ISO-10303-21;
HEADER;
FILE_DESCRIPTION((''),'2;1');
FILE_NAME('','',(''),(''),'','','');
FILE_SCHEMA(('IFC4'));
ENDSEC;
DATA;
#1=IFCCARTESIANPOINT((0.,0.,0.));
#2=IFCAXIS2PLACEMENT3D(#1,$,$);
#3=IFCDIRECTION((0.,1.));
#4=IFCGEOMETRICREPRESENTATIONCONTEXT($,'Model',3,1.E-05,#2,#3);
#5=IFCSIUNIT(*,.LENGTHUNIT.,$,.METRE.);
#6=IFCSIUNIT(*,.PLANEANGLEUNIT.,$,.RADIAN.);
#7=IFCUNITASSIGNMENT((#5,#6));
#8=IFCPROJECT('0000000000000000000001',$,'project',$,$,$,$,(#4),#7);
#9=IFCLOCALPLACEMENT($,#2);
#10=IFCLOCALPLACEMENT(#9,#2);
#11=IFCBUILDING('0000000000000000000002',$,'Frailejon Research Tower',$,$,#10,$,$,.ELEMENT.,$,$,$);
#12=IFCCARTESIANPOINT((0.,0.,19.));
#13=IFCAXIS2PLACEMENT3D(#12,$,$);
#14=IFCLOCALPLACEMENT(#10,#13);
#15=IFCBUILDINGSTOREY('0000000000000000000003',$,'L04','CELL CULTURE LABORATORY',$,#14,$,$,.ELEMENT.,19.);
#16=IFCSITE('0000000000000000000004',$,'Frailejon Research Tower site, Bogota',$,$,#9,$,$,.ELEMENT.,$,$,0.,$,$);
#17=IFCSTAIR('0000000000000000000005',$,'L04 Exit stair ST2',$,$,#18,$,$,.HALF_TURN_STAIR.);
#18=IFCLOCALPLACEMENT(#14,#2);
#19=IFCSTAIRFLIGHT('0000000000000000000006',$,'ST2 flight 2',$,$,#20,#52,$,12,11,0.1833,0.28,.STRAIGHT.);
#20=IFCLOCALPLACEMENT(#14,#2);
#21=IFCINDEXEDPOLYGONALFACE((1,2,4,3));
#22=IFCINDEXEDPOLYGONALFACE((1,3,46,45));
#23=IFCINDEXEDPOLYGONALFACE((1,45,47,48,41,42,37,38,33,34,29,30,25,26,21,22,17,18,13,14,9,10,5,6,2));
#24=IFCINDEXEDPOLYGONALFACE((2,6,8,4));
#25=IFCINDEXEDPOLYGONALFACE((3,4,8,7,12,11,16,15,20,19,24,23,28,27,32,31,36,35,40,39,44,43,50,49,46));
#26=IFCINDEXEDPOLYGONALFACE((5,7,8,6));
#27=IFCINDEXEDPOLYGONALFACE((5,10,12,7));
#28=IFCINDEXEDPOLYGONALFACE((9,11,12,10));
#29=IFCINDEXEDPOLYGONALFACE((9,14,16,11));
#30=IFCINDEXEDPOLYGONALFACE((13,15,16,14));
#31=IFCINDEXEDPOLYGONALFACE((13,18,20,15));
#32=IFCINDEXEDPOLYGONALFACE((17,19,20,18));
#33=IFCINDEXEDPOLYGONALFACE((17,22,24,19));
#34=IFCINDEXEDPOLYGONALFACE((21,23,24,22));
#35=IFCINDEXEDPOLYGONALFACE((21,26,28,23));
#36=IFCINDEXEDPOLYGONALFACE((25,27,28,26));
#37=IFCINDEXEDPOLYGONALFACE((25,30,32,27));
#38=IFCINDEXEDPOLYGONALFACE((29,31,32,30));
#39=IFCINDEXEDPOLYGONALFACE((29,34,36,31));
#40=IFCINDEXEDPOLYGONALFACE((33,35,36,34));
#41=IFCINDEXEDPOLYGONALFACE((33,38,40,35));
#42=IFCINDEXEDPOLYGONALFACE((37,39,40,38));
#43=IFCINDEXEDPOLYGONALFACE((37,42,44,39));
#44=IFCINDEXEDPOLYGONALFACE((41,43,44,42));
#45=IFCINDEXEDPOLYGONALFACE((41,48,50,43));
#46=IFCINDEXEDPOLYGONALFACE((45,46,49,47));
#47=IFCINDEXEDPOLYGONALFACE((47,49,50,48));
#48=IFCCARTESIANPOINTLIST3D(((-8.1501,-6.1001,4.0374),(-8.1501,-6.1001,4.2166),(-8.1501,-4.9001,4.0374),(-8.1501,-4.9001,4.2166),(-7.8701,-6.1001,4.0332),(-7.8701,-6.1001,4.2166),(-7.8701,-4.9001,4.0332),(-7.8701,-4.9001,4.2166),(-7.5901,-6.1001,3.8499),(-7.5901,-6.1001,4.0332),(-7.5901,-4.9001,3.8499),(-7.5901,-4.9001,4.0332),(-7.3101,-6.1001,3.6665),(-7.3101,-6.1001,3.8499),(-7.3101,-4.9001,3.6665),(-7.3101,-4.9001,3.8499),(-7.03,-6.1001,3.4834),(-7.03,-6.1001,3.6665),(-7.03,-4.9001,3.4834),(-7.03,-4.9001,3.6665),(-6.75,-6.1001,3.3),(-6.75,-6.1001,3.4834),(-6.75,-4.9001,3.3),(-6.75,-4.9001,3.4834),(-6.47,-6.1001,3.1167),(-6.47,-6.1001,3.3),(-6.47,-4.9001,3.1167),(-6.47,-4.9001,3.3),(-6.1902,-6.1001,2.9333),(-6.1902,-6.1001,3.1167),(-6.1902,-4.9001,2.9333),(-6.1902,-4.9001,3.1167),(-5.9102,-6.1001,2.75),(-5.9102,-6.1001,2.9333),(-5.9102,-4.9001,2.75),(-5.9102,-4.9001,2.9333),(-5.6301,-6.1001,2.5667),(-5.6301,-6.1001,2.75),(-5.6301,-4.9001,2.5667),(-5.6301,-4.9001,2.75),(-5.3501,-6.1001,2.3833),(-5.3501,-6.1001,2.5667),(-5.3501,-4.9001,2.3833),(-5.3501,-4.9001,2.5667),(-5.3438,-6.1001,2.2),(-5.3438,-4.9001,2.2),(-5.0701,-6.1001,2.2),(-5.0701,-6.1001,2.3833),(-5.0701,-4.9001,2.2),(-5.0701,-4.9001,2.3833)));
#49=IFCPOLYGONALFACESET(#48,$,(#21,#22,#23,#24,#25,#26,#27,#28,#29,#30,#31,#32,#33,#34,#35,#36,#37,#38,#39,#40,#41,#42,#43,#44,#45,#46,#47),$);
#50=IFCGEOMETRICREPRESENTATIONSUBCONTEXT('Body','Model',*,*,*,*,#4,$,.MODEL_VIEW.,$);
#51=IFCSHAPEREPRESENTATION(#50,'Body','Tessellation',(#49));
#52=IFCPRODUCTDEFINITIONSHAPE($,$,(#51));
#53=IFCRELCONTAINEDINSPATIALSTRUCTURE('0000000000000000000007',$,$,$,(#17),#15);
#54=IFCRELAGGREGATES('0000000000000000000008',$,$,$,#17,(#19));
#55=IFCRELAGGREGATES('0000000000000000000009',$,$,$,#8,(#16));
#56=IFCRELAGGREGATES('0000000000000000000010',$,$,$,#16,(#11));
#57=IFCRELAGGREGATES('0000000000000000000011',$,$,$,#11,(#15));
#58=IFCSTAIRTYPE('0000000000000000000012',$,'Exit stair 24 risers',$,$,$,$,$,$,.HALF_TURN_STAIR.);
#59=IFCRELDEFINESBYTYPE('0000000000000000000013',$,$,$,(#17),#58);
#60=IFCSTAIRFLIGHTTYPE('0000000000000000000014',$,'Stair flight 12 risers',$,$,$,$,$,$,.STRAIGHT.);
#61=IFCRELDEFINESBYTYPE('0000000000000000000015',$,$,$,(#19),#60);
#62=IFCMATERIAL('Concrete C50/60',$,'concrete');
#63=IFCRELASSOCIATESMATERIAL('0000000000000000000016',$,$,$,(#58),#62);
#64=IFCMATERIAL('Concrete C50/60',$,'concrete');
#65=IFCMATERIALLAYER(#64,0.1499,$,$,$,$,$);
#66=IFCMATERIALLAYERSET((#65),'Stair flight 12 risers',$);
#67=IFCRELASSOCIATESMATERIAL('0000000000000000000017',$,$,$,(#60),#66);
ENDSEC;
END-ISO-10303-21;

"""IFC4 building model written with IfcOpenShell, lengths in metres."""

from ifc_helpers import new_model, si_unit, direction, frame, origin, place, context, subcontext, project, spatial, polyline, outline, extrude, material, layer, layer_set, type_object, element, aggregate, save


model = new_model("IFC4")

# Units and contexts
model_context = context("Model", 3, precision=1e-05, world=origin(), true_north=direction((0.0, 1.0)))
body_context = subcontext(model_context, "Body", "Model", "MODEL_VIEW")
ifc_project = project(units=[si_unit("LENGTHUNIT", "METRE"), si_unit("PLANEANGLEUNIT", "RADIAN")], contexts=[model_context])

# Site, building, storey
site_placement = place(None, origin())
site = spatial("IfcSite", under=ifc_project, at=site_placement, Name="Frailejon Research Tower site, Bogota", CompositionType="ELEMENT", RefElevation=0.0)
building_placement = place(site_placement, origin())
building = spatial("IfcBuilding", under=site, at=building_placement, Name="Frailejon Research Tower", CompositionType="ELEMENT")
storey_placement = place(building_placement, frame((0.0, 0.0, 19.0)))
storey = spatial("IfcBuildingStorey", under=building, at=storey_placement, Name="L04", Description="CELL CULTURE LABORATORY", CompositionType="ELEMENT", Elevation=19.0)

# Stair, stair flight
ifc_material_1 = material(Name="Concrete C50/60", Category="concrete")
stair_type = type_object("IfcStairType", Name="Exit stair 24 risers", PredefinedType="HALF_TURN_STAIR", material=ifc_material_1)
stair_placement = place(storey_placement, origin())
stair = element("IfcStair", 1, at=stair_placement, inside=storey, type_object=stair_type, Name="L04 Exit stair ST2", PredefinedType="HALF_TURN_STAIR")
ifc_material_2 = material(Name="Concrete C50/60", Category="concrete")
ifc_layer_1 = layer(ifc_material_2, 0.1499)
ifc_layer_set_1 = layer_set([ifc_layer_1], Name="Stair flight 12 risers")
stair_flight_type = type_object("IfcStairFlightType", Name="Stair flight 12 risers", PredefinedType="STRAIGHT", material=ifc_layer_set_1)
stair_flight_1_placement = place(storey_placement, frame((-5.0701, -5.5, 2.2), z_axis=(0.0, 0.0, 1.0), x_axis=(-1.0, 0.0, 0.0)))
stair_flight_1 = element("IfcStairFlight", 2, at=stair_flight_1_placement, type_object=stair_flight_type, Name="ST2 flight 2", NumberOfRisers=12, NumberOfTreads=11, PredefinedType="STRAIGHT", RiserHeight=0.1833, TreadLength=0.28, context=body_context, shape_type="SweptSolid", body=[
    extrude(outline(polyline([(0.0, 0.0), (0.0, 0.1833), (0.28, 0.1833), (0.28, 0.3667), (0.5601, 0.3667), (0.5601, 0.55), (0.8401, 0.55), (0.8401, 0.7334), (1.1201, 0.7334), (1.1201, 0.9167), (1.3999, 0.9167), (1.3999, 1.1001), (1.6799, 1.1001), (1.6799, 1.2834), (1.96, 1.2834), (1.96, 1.4666), (2.24, 1.4666), (2.24, 1.6499), (2.52, 1.6499), (2.52, 1.8333), (2.8, 1.8333), (2.8, 2.0166), (3.0801, 2.0166), (3.0801, 2.2), (3.0801, 1.8374), (0.2737, 0.0), (0.0, 0.0)])), frame((0.0, 0.6001, 0.0), z_axis=(0.0, -1.0, 0.0), x_axis=(1.0, 0.0, 0.0)), (0.0, 0.0, 1.0), 1.2),
])
aggregate(stair, [stair_flight_1])

save(model, "model.ifc")
